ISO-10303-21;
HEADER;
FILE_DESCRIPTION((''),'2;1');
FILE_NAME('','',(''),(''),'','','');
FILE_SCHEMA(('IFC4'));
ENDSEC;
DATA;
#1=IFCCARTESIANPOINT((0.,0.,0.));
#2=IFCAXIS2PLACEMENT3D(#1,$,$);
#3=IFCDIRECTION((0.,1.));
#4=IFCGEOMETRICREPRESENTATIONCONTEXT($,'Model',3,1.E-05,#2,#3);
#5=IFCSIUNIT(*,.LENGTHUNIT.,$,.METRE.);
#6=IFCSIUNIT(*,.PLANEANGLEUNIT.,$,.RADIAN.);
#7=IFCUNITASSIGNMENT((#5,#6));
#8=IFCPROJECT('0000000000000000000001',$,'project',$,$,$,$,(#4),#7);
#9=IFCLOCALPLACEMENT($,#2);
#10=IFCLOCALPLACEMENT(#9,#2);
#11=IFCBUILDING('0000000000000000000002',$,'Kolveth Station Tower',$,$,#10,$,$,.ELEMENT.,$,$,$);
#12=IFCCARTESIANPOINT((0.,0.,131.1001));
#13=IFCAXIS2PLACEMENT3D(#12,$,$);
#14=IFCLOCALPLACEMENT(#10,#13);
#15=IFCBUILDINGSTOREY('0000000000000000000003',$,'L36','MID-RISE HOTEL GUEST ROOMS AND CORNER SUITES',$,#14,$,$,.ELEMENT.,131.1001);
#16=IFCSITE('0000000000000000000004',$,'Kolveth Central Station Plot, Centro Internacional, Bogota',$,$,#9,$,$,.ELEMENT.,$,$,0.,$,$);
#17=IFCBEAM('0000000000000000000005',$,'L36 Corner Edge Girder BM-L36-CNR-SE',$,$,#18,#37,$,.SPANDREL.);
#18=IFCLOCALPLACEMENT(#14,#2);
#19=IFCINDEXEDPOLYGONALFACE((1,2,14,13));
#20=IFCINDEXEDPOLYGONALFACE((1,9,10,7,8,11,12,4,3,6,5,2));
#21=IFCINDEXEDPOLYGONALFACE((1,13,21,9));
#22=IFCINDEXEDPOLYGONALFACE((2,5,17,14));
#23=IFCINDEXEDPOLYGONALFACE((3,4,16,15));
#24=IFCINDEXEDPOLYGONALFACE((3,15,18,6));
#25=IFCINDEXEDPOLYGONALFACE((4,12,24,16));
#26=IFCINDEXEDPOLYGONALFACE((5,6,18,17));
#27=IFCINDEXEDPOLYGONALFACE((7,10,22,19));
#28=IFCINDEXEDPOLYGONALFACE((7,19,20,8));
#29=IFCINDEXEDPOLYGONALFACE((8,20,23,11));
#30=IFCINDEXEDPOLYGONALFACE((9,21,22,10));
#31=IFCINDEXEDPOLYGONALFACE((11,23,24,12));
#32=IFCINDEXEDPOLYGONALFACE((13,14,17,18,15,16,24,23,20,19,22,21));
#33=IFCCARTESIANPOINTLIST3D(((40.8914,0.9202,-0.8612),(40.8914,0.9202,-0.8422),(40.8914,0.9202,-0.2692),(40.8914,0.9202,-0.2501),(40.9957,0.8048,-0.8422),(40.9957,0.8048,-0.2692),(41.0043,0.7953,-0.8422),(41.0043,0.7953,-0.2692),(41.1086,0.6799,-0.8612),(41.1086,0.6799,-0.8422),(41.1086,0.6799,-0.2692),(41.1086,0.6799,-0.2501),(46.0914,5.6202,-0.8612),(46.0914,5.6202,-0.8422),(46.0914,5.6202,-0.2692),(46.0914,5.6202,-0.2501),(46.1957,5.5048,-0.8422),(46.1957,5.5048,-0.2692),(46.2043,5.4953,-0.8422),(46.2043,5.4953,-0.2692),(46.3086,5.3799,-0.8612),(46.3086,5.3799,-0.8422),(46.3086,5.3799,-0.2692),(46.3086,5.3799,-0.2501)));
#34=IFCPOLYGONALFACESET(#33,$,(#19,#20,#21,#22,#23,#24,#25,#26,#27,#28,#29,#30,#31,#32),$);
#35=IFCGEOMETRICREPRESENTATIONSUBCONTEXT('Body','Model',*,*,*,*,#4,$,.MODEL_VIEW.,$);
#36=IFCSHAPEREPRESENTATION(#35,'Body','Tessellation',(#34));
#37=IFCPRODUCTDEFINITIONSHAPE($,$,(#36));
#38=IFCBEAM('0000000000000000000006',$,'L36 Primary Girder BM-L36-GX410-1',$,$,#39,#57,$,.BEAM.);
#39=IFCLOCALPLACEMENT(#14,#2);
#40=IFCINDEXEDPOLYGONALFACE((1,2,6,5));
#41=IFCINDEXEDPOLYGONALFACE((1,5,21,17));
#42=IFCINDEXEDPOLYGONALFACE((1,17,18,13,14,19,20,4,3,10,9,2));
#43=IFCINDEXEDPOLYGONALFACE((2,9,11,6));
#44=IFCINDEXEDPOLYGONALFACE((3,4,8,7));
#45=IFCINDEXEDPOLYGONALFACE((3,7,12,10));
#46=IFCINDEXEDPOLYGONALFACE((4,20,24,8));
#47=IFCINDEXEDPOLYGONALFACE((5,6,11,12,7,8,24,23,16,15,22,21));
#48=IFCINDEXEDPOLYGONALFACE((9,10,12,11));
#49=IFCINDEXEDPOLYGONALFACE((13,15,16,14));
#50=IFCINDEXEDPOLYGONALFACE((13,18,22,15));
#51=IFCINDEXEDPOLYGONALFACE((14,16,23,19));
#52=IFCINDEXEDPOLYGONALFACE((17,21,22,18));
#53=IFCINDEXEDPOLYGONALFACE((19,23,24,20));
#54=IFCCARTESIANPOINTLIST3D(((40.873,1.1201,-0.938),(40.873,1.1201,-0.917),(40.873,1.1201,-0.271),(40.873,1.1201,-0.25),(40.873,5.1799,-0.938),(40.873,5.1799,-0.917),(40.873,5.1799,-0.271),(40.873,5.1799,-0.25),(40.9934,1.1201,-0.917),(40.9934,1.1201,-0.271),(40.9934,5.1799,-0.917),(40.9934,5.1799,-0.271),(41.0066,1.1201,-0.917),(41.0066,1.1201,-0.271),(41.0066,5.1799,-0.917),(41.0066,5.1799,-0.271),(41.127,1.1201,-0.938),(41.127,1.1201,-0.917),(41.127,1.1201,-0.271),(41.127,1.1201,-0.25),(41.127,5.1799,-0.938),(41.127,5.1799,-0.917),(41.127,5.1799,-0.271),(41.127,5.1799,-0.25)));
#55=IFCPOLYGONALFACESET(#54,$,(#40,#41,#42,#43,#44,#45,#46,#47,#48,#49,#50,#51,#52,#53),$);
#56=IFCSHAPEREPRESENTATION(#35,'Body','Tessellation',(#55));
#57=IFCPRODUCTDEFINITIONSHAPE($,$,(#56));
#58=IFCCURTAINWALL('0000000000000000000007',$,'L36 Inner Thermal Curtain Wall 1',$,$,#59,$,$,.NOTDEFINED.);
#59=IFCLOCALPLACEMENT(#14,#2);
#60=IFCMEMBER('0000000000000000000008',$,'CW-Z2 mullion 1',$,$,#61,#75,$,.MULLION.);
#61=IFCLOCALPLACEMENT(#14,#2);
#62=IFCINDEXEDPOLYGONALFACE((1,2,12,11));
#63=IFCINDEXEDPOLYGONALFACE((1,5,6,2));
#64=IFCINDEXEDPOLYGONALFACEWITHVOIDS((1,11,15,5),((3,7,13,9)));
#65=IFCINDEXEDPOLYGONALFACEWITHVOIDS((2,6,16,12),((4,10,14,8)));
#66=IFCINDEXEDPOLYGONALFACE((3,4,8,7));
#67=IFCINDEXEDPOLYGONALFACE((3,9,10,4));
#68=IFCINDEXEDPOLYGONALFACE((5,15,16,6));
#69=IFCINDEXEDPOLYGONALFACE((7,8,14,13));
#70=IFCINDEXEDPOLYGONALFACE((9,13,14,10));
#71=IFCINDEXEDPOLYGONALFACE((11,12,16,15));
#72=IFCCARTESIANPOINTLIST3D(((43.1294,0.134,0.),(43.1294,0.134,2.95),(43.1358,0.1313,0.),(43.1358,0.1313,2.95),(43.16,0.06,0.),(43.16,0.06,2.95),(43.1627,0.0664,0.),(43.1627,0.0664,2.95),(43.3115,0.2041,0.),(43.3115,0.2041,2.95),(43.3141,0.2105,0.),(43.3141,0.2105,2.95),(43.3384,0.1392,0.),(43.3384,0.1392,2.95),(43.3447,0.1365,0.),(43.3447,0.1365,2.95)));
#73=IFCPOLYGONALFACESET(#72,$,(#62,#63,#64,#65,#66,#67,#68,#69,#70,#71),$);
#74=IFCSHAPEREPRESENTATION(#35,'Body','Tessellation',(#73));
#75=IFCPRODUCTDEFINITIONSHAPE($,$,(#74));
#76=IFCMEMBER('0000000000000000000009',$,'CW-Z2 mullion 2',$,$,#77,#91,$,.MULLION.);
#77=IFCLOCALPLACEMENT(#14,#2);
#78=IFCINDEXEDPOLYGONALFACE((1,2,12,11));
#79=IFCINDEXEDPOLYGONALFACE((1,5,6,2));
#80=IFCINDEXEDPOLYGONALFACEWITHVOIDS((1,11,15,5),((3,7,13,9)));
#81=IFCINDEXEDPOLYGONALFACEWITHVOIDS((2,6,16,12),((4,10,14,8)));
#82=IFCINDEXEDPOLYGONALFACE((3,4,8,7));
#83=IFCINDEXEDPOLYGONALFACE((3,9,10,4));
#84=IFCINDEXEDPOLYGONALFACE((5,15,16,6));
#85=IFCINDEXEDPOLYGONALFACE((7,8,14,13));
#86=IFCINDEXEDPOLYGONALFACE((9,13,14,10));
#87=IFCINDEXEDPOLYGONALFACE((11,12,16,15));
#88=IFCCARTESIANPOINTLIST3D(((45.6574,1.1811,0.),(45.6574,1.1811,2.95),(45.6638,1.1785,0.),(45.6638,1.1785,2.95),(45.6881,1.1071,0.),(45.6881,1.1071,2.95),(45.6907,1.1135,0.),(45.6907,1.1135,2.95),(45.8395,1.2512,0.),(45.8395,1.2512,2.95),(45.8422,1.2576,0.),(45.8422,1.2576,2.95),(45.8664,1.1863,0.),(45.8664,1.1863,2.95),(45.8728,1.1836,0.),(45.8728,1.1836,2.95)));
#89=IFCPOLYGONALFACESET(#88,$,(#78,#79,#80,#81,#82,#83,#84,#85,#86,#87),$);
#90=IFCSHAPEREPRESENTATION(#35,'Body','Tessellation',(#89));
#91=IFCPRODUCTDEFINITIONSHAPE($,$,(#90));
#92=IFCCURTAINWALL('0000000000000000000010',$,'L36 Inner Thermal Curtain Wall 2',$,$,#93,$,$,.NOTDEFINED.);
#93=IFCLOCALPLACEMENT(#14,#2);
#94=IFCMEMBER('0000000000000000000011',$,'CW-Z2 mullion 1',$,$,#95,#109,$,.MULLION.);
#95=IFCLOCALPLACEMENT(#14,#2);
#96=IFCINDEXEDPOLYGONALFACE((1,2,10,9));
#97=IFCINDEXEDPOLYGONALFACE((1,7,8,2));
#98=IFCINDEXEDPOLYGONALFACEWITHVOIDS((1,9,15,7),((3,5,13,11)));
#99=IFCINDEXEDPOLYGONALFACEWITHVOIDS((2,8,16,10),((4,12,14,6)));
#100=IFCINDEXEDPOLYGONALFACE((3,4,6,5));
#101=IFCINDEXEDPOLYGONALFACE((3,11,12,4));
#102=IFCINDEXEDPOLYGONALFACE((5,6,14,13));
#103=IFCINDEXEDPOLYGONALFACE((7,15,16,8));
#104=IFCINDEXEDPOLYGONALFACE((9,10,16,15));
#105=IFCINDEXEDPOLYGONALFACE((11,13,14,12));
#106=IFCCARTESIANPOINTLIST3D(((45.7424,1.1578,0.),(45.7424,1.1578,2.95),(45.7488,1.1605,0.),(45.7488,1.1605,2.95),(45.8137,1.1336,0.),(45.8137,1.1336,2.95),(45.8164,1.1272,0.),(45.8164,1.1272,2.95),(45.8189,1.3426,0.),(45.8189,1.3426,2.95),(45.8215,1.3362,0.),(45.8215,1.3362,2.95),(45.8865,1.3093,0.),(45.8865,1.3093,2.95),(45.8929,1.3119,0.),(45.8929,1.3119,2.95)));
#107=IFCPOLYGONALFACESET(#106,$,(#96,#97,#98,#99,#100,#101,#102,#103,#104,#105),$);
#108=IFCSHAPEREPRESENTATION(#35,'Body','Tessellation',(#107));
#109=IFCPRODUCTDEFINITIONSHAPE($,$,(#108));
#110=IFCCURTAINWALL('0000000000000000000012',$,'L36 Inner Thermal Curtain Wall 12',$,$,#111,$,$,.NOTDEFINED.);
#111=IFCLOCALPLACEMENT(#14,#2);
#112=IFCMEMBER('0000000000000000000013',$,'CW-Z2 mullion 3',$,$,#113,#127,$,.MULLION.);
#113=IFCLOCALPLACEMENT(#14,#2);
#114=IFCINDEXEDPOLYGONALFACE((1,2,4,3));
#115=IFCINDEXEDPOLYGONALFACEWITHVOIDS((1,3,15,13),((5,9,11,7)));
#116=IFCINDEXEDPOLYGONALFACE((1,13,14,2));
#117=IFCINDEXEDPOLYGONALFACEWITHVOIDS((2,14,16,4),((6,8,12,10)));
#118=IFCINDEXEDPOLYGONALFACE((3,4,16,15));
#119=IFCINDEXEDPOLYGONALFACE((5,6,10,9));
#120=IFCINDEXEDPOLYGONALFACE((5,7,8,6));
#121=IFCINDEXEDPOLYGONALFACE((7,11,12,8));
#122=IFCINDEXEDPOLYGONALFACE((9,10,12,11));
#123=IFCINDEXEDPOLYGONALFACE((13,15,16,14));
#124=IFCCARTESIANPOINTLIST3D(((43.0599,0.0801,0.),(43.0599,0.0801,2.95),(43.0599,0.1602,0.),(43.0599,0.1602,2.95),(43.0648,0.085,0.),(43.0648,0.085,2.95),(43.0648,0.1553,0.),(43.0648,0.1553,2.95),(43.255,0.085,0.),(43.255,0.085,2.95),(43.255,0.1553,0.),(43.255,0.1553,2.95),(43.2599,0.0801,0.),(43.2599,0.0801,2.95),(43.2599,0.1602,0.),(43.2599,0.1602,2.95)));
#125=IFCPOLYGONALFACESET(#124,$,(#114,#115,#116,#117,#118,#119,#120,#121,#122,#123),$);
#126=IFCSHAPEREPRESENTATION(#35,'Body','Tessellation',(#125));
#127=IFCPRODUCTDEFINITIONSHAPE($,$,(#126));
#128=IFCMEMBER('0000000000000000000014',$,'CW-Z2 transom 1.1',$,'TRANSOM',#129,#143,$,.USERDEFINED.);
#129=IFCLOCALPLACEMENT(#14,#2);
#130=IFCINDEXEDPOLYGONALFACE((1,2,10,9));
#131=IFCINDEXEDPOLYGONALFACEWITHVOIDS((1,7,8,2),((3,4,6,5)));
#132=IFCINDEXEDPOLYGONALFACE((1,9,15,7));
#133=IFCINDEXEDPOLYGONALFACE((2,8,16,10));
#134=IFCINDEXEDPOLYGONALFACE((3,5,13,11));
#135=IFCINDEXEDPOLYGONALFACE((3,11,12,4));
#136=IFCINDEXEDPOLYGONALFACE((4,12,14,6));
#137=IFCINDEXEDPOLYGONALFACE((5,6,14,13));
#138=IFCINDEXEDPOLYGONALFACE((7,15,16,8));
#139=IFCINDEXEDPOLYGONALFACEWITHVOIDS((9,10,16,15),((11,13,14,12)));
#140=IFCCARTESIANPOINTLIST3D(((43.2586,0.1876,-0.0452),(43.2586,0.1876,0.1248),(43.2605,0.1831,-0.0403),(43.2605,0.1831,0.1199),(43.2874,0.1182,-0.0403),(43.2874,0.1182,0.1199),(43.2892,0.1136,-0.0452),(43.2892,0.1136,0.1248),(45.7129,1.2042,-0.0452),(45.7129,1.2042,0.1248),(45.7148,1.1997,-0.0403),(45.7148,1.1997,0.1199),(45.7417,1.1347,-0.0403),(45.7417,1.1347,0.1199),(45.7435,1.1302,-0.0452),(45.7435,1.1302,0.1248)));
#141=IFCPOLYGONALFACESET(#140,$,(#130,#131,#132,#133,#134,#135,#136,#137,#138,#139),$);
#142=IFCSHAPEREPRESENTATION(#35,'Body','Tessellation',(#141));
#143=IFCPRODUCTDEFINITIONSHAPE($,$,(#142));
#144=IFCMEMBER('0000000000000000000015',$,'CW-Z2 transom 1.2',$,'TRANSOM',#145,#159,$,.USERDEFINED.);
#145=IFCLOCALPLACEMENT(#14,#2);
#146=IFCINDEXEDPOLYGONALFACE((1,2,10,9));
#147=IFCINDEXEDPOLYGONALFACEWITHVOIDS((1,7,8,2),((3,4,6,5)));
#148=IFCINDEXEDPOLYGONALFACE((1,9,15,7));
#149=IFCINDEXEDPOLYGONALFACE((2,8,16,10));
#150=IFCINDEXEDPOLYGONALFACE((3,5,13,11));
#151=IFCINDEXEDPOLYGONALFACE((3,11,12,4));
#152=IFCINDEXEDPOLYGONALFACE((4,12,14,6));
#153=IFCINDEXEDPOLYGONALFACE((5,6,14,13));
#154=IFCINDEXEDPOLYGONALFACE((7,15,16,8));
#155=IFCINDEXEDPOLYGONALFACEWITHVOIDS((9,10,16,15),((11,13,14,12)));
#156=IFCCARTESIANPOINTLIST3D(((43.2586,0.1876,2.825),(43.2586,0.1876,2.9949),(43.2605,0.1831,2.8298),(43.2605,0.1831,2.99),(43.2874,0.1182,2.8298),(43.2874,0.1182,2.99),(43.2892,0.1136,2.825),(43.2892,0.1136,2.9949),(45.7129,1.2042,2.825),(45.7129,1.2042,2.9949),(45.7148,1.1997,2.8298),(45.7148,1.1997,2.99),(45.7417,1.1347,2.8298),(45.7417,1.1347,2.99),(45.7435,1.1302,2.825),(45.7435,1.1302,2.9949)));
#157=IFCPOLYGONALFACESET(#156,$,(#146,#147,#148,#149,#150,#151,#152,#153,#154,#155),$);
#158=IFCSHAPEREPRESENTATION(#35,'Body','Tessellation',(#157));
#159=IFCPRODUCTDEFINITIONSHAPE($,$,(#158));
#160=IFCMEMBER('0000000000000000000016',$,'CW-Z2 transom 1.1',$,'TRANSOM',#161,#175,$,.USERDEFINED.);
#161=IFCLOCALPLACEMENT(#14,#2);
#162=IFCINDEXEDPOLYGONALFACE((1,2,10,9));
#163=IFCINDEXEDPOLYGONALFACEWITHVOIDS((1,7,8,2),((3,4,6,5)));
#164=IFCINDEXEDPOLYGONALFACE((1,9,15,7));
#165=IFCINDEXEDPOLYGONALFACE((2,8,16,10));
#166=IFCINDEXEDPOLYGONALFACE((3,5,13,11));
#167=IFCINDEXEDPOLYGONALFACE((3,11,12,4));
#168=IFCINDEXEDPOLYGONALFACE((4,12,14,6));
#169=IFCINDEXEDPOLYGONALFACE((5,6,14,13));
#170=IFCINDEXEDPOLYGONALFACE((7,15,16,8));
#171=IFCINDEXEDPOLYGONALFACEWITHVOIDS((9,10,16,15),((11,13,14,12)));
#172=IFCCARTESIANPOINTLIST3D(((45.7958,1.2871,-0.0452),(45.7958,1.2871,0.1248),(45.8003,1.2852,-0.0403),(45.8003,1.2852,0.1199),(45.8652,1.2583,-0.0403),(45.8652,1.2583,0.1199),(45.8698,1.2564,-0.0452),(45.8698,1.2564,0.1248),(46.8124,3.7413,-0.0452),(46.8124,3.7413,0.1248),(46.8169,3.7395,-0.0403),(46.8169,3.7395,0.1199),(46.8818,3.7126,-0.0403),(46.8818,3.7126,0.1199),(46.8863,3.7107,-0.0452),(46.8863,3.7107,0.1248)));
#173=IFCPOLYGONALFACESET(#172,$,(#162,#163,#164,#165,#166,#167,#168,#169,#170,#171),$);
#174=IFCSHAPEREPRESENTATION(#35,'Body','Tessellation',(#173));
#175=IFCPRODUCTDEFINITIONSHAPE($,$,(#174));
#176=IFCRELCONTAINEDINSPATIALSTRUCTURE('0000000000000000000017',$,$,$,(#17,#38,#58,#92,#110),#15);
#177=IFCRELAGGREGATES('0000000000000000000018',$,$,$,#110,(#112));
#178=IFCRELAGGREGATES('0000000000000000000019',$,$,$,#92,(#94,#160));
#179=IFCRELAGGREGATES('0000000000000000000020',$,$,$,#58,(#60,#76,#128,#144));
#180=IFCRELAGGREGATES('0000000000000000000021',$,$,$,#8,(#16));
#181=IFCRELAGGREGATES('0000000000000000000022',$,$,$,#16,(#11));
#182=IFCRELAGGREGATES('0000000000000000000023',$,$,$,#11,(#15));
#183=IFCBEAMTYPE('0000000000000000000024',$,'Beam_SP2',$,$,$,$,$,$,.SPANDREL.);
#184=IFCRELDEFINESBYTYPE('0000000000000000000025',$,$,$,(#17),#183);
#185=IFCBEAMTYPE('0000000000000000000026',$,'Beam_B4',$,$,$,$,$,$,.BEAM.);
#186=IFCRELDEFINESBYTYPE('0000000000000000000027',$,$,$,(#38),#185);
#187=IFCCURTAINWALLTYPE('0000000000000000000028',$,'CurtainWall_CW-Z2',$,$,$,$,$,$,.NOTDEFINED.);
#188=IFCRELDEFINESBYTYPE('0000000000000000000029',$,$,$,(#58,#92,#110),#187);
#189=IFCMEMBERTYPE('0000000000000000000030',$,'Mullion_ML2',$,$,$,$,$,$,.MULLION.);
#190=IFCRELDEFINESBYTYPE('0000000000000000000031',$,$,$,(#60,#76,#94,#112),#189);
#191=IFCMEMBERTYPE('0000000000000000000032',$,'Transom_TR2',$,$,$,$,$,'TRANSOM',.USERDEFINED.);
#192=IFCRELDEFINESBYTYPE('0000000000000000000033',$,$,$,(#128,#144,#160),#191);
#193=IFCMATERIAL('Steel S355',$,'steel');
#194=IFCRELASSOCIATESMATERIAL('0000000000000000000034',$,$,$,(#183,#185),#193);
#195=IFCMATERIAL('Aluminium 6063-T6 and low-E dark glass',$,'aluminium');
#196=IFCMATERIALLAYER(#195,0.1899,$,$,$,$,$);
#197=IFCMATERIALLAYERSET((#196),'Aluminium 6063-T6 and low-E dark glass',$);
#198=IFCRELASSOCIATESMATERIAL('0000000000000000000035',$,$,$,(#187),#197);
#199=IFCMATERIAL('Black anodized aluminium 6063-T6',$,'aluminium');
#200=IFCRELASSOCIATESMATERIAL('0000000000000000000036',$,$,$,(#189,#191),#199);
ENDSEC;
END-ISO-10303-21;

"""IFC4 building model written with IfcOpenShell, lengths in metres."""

from ifc_helpers import new_model, si_unit, direction, frame, origin, origin_2d, place, context, subcontext, project, spatial, hollow_rectangle, i_section, extrude, source, transform, mapped, material, layer, layer_set, material_profile, profile_set, type_object, element, aggregate, save


model = new_model("IFC4")

# Units and contexts
model_context = context("Model", 3, precision=1e-05, world=origin(), true_north=direction((0.0, 1.0)))
body_context = subcontext(model_context, "Body", "Model", "MODEL_VIEW")
ifc_project = project(units=[si_unit("LENGTHUNIT", "METRE"), si_unit("PLANEANGLEUNIT", "RADIAN")], contexts=[model_context])

# Site, building, storey
site_placement = place(None, origin())
site = spatial("IfcSite", under=ifc_project, at=site_placement, Name="Kolveth Central Station Plot, Centro Internacional, Bogota", CompositionType="ELEMENT", RefElevation=0.0)
building_placement = place(site_placement, origin())
building = spatial("IfcBuilding", under=site, at=building_placement, Name="Kolveth Station Tower", CompositionType="ELEMENT")
storey_placement = place(building_placement, frame((0.0, 0.0, 131.1001)))
storey = spatial("IfcBuildingStorey", under=building, at=storey_placement, Name="L36", Description="MID-RISE HOTEL GUEST ROOMS AND CORNER SUITES", CompositionType="ELEMENT", Elevation=131.1001)

# Beams
ifc_material_1 = material(Name="Steel S355", Category="steel")
ifc_material_profile_1 = material_profile(ifc_material_1, i_section(OverallWidth=0.324, OverallDepth=0.6111, WebThickness=0.0127, FlangeThickness=0.019, at=origin_2d()), Name="W610x155")
ifc_profile_set_1 = profile_set([ifc_material_profile_1], Name="Steel S355")
beam_type_1 = type_object("IfcBeamType", Name="Beam_SP2", PredefinedType="SPANDREL", material=ifc_profile_set_1)
shared_shape_1 = source(origin(), body_context, "Body", "SweptSolid", [
    extrude(i_section(OverallWidth=0.324, OverallDepth=0.6111, WebThickness=0.0127, FlangeThickness=0.019, at=origin_2d()), origin(), (0.0, 0.0, 1.0), 7.0093),
])
beam_1_placement = place(storey_placement, frame((41.0, 0.8, -0.5557), z_axis=(0.741874, 0.670539, 0.0), x_axis=(-0.670539, 0.741874, 0.0)))
element("IfcBeam", 1, at=beam_1_placement, inside=storey, type_object=beam_type_1, Name="L36 Corner Edge Girder BM-L36-CNR-SE", PredefinedType="SPANDREL", context=body_context, shape_type="MappedRepresentation", body=[
    mapped(shared_shape_1, transform((0.0, 0.0, 0.0), x_axis=(1.0, 0.0, 0.0), y_axis=(0.0, 1.0, 0.0), z_axis=(0.0, 0.0, 1.0), scale=1.0)),
])
ifc_material_profile_2 = material_profile(ifc_material_1, i_section(OverallWidth=0.2539, OverallDepth=0.688, WebThickness=0.0132, FlangeThickness=0.021, at=origin_2d()), Name="W690x152")
ifc_profile_set_2 = profile_set([ifc_material_profile_2], Name="Steel S355")
beam_type_2 = type_object("IfcBeamType", Name="Beam_B4", PredefinedType="BEAM", material=ifc_profile_set_2)
shared_shape_2 = source(origin(), body_context, "Body", "SweptSolid", [
    extrude(i_section(OverallWidth=0.2539, OverallDepth=0.688, WebThickness=0.0132, FlangeThickness=0.021, at=origin_2d()), origin(), (0.0, 0.0, 1.0), 4.0598),
])
beam_2_placement = place(storey_placement, frame((41.0, 1.1201, -0.594), z_axis=(0.0, 1.0, 0.0), x_axis=(-1.0, 0.0, 0.0)))
element("IfcBeam", 2, at=beam_2_placement, inside=storey, type_object=beam_type_2, Name="L36 Primary Girder BM-L36-GX410-1", PredefinedType="BEAM", context=body_context, shape_type="MappedRepresentation", body=[
    mapped(shared_shape_2, transform((0.0, 0.0, 0.0), x_axis=(1.0, 0.0, 0.0), y_axis=(0.0, 1.0, 0.0), z_axis=(0.0, 0.0, 1.0), scale=1.0)),
])

# Curtain wall, members
ifc_material_2 = material(Name="Aluminium 6063-T6 and low-E dark glass", Category="aluminium")
ifc_layer_1 = layer(ifc_material_2, 0.1899)
ifc_layer_set_1 = layer_set([ifc_layer_1], Name="Aluminium 6063-T6 and low-E dark glass")
curtain_wall_type_1 = type_object("IfcCurtainWallType", Name="CurtainWall_CW-Z2", PredefinedType="NOTDEFINED", material=ifc_layer_set_1)
curtain_wall_1_placement = place(storey_placement, origin())
curtain_wall_1 = element("IfcCurtainWall", 3, at=curtain_wall_1_placement, inside=storey, type_object=curtain_wall_type_1, Name="L36 Inner Thermal Curtain Wall 1", PredefinedType="NOTDEFINED")
ifc_material_3 = material(Name="Black anodized aluminium 6063-T6", Category="aluminium")
ifc_material_profile_3 = material_profile(ifc_material_3, hollow_rectangle(XDim=0.0801, YDim=0.2, WallThickness=0.0049, at=origin_2d()), Name="ALU-80x200x5")
ifc_profile_set_3 = profile_set([ifc_material_profile_3], Name="Black anodized aluminium 6063-T6")
member_type_1 = type_object("IfcMemberType", Name="Mullion_ML2", PredefinedType="MULLION", material=ifc_profile_set_3)
shared_shape_3 = source(origin(), body_context, "Body", "SweptSolid", [
    extrude(hollow_rectangle(XDim=0.0801, YDim=0.2, WallThickness=0.0049, at=origin_2d()), origin(), (0.0, 0.0, 1.0), 2.95),
])
member_1_placement = place(storey_placement, frame((43.2371, 0.1353, 0.0), z_axis=(0.0, 0.0, 1.0), x_axis=(-0.382663, 0.923888, 0.0)))
member_1 = element("IfcMember", 4, at=member_1_placement, type_object=member_type_1, Name="CW-Z2 mullion 1", PredefinedType="MULLION", context=body_context, shape_type="MappedRepresentation", body=[
    mapped(shared_shape_3, transform((0.0, 0.0, 0.0), x_axis=(1.0, 0.0, 0.0), y_axis=(0.0, 1.0, 0.0), z_axis=(0.0, 0.0, 1.0), scale=1.0)),
])
member_2_placement = place(storey_placement, frame((45.7651, 1.1824, 0.0), z_axis=(0.0, 0.0, 1.0), x_axis=(-0.382663, 0.923888, 0.0)))
member_2 = element("IfcMember", 5, at=member_2_placement, type_object=member_type_1, Name="CW-Z2 mullion 2", PredefinedType="MULLION", context=body_context, shape_type="MappedRepresentation", body=[
    mapped(shared_shape_3, transform((0.0, 0.0, 0.0), x_axis=(1.0, 0.0, 0.0), y_axis=(0.0, 1.0, 0.0), z_axis=(0.0, 0.0, 1.0), scale=1.0)),
])

# Curtain walls, members
curtain_wall_2_placement = place(storey_placement, origin())
curtain_wall_2 = element("IfcCurtainWall", 6, at=curtain_wall_2_placement, inside=storey, type_object=curtain_wall_type_1, Name="L36 Inner Thermal Curtain Wall 2", PredefinedType="NOTDEFINED")
member_3_placement = place(storey_placement, frame((45.8176, 1.2349, 0.0), z_axis=(0.0, 0.0, 1.0), x_axis=(-0.923888, 0.382663, 0.0)))
member_3 = element("IfcMember", 7, at=member_3_placement, type_object=member_type_1, Name="CW-Z2 mullion 1", PredefinedType="MULLION", context=body_context, shape_type="MappedRepresentation", body=[
    mapped(shared_shape_3, transform((0.0, 0.0, 0.0), x_axis=(1.0, 0.0, 0.0), y_axis=(0.0, 1.0, 0.0), z_axis=(0.0, 0.0, 1.0), scale=1.0)),
])
curtain_wall_3_placement = place(storey_placement, origin())
curtain_wall_3 = element("IfcCurtainWall", 8, at=curtain_wall_3_placement, inside=storey, type_object=curtain_wall_type_1, Name="L36 Inner Thermal Curtain Wall 12", PredefinedType="NOTDEFINED")
member_4_placement = place(storey_placement, frame((43.1599, 0.1201, 0.0), z_axis=(0.0, 0.0, 1.0), x_axis=(0.0, 1.0, 0.0)))
member_4 = element("IfcMember", 9, at=member_4_placement, type_object=member_type_1, Name="CW-Z2 mullion 3", PredefinedType="MULLION", context=body_context, shape_type="MappedRepresentation", body=[
    mapped(shared_shape_3, transform((0.0, 0.0, 0.0), x_axis=(1.0, 0.0, 0.0), y_axis=(0.0, 1.0, 0.0), z_axis=(0.0, 0.0, 1.0), scale=1.0)),
])
aggregate(curtain_wall_3, [member_4])

# Members
ifc_material_profile_4 = material_profile(ifc_material_3, hollow_rectangle(XDim=0.0801, YDim=0.1699, WallThickness=0.0049, at=origin_2d()), Name="ALU-80x170x5")
ifc_profile_set_4 = profile_set([ifc_material_profile_4], Name="Black anodized aluminium 6063-T6")
member_type_2 = type_object("IfcMemberType", Name="Transom_TR2", ElementType="TRANSOM", PredefinedType="USERDEFINED", material=ifc_profile_set_4)
shared_shape_4 = source(origin(), body_context, "Body", "SweptSolid", [
    extrude(hollow_rectangle(XDim=0.0801, YDim=0.1699, WallThickness=0.0049, at=origin_2d()), origin(), (0.0, 0.0, 1.0), 2.6565),
])
member_5_placement = place(storey_placement, frame((43.2739, 0.1506, 0.0398), z_axis=(0.923882, 0.382676, 0.0), x_axis=(-0.382676, 0.923882, 0.0)))
member_5 = element("IfcMember", 10, at=member_5_placement, type_object=member_type_2, Name="CW-Z2 transom 1.1", ObjectType="TRANSOM", PredefinedType="USERDEFINED", context=body_context, shape_type="MappedRepresentation", body=[
    mapped(shared_shape_4, transform((0.0, 0.0, 0.0), x_axis=(1.0, 0.0, 0.0), y_axis=(0.0, 1.0, 0.0), z_axis=(0.0, 0.0, 1.0), scale=1.0)),
])
member_6_placement = place(storey_placement, frame((43.2739, 0.1506, 2.9099), z_axis=(0.923882, 0.382676, 0.0), x_axis=(-0.382676, 0.923882, 0.0)))
member_6 = element("IfcMember", 11, at=member_6_placement, type_object=member_type_2, Name="CW-Z2 transom 1.2", ObjectType="TRANSOM", PredefinedType="USERDEFINED", context=body_context, shape_type="MappedRepresentation", body=[
    mapped(shared_shape_4, transform((0.0, 0.0, 0.0), x_axis=(1.0, 0.0, 0.0), y_axis=(0.0, 1.0, 0.0), z_axis=(0.0, 0.0, 1.0), scale=1.0)),
])
member_7_placement = place(storey_placement, frame((45.8328, 1.2717, 0.0398), z_axis=(0.382676, 0.923882, 0.0), x_axis=(-0.923882, 0.382676, 0.0)))
member_7 = element("IfcMember", 12, at=member_7_placement, type_object=member_type_2, Name="CW-Z2 transom 1.1", ObjectType="TRANSOM", PredefinedType="USERDEFINED", context=body_context, shape_type="MappedRepresentation", body=[
    mapped(shared_shape_4, transform((0.0, 0.0, 0.0), x_axis=(1.0, 0.0, 0.0), y_axis=(0.0, 1.0, 0.0), z_axis=(0.0, 0.0, 1.0), scale=1.0)),
])
aggregate(curtain_wall_2, [member_3, member_7])

aggregate(curtain_wall_1, [member_1, member_2, member_5, member_6])

save(model, "model.ifc")
